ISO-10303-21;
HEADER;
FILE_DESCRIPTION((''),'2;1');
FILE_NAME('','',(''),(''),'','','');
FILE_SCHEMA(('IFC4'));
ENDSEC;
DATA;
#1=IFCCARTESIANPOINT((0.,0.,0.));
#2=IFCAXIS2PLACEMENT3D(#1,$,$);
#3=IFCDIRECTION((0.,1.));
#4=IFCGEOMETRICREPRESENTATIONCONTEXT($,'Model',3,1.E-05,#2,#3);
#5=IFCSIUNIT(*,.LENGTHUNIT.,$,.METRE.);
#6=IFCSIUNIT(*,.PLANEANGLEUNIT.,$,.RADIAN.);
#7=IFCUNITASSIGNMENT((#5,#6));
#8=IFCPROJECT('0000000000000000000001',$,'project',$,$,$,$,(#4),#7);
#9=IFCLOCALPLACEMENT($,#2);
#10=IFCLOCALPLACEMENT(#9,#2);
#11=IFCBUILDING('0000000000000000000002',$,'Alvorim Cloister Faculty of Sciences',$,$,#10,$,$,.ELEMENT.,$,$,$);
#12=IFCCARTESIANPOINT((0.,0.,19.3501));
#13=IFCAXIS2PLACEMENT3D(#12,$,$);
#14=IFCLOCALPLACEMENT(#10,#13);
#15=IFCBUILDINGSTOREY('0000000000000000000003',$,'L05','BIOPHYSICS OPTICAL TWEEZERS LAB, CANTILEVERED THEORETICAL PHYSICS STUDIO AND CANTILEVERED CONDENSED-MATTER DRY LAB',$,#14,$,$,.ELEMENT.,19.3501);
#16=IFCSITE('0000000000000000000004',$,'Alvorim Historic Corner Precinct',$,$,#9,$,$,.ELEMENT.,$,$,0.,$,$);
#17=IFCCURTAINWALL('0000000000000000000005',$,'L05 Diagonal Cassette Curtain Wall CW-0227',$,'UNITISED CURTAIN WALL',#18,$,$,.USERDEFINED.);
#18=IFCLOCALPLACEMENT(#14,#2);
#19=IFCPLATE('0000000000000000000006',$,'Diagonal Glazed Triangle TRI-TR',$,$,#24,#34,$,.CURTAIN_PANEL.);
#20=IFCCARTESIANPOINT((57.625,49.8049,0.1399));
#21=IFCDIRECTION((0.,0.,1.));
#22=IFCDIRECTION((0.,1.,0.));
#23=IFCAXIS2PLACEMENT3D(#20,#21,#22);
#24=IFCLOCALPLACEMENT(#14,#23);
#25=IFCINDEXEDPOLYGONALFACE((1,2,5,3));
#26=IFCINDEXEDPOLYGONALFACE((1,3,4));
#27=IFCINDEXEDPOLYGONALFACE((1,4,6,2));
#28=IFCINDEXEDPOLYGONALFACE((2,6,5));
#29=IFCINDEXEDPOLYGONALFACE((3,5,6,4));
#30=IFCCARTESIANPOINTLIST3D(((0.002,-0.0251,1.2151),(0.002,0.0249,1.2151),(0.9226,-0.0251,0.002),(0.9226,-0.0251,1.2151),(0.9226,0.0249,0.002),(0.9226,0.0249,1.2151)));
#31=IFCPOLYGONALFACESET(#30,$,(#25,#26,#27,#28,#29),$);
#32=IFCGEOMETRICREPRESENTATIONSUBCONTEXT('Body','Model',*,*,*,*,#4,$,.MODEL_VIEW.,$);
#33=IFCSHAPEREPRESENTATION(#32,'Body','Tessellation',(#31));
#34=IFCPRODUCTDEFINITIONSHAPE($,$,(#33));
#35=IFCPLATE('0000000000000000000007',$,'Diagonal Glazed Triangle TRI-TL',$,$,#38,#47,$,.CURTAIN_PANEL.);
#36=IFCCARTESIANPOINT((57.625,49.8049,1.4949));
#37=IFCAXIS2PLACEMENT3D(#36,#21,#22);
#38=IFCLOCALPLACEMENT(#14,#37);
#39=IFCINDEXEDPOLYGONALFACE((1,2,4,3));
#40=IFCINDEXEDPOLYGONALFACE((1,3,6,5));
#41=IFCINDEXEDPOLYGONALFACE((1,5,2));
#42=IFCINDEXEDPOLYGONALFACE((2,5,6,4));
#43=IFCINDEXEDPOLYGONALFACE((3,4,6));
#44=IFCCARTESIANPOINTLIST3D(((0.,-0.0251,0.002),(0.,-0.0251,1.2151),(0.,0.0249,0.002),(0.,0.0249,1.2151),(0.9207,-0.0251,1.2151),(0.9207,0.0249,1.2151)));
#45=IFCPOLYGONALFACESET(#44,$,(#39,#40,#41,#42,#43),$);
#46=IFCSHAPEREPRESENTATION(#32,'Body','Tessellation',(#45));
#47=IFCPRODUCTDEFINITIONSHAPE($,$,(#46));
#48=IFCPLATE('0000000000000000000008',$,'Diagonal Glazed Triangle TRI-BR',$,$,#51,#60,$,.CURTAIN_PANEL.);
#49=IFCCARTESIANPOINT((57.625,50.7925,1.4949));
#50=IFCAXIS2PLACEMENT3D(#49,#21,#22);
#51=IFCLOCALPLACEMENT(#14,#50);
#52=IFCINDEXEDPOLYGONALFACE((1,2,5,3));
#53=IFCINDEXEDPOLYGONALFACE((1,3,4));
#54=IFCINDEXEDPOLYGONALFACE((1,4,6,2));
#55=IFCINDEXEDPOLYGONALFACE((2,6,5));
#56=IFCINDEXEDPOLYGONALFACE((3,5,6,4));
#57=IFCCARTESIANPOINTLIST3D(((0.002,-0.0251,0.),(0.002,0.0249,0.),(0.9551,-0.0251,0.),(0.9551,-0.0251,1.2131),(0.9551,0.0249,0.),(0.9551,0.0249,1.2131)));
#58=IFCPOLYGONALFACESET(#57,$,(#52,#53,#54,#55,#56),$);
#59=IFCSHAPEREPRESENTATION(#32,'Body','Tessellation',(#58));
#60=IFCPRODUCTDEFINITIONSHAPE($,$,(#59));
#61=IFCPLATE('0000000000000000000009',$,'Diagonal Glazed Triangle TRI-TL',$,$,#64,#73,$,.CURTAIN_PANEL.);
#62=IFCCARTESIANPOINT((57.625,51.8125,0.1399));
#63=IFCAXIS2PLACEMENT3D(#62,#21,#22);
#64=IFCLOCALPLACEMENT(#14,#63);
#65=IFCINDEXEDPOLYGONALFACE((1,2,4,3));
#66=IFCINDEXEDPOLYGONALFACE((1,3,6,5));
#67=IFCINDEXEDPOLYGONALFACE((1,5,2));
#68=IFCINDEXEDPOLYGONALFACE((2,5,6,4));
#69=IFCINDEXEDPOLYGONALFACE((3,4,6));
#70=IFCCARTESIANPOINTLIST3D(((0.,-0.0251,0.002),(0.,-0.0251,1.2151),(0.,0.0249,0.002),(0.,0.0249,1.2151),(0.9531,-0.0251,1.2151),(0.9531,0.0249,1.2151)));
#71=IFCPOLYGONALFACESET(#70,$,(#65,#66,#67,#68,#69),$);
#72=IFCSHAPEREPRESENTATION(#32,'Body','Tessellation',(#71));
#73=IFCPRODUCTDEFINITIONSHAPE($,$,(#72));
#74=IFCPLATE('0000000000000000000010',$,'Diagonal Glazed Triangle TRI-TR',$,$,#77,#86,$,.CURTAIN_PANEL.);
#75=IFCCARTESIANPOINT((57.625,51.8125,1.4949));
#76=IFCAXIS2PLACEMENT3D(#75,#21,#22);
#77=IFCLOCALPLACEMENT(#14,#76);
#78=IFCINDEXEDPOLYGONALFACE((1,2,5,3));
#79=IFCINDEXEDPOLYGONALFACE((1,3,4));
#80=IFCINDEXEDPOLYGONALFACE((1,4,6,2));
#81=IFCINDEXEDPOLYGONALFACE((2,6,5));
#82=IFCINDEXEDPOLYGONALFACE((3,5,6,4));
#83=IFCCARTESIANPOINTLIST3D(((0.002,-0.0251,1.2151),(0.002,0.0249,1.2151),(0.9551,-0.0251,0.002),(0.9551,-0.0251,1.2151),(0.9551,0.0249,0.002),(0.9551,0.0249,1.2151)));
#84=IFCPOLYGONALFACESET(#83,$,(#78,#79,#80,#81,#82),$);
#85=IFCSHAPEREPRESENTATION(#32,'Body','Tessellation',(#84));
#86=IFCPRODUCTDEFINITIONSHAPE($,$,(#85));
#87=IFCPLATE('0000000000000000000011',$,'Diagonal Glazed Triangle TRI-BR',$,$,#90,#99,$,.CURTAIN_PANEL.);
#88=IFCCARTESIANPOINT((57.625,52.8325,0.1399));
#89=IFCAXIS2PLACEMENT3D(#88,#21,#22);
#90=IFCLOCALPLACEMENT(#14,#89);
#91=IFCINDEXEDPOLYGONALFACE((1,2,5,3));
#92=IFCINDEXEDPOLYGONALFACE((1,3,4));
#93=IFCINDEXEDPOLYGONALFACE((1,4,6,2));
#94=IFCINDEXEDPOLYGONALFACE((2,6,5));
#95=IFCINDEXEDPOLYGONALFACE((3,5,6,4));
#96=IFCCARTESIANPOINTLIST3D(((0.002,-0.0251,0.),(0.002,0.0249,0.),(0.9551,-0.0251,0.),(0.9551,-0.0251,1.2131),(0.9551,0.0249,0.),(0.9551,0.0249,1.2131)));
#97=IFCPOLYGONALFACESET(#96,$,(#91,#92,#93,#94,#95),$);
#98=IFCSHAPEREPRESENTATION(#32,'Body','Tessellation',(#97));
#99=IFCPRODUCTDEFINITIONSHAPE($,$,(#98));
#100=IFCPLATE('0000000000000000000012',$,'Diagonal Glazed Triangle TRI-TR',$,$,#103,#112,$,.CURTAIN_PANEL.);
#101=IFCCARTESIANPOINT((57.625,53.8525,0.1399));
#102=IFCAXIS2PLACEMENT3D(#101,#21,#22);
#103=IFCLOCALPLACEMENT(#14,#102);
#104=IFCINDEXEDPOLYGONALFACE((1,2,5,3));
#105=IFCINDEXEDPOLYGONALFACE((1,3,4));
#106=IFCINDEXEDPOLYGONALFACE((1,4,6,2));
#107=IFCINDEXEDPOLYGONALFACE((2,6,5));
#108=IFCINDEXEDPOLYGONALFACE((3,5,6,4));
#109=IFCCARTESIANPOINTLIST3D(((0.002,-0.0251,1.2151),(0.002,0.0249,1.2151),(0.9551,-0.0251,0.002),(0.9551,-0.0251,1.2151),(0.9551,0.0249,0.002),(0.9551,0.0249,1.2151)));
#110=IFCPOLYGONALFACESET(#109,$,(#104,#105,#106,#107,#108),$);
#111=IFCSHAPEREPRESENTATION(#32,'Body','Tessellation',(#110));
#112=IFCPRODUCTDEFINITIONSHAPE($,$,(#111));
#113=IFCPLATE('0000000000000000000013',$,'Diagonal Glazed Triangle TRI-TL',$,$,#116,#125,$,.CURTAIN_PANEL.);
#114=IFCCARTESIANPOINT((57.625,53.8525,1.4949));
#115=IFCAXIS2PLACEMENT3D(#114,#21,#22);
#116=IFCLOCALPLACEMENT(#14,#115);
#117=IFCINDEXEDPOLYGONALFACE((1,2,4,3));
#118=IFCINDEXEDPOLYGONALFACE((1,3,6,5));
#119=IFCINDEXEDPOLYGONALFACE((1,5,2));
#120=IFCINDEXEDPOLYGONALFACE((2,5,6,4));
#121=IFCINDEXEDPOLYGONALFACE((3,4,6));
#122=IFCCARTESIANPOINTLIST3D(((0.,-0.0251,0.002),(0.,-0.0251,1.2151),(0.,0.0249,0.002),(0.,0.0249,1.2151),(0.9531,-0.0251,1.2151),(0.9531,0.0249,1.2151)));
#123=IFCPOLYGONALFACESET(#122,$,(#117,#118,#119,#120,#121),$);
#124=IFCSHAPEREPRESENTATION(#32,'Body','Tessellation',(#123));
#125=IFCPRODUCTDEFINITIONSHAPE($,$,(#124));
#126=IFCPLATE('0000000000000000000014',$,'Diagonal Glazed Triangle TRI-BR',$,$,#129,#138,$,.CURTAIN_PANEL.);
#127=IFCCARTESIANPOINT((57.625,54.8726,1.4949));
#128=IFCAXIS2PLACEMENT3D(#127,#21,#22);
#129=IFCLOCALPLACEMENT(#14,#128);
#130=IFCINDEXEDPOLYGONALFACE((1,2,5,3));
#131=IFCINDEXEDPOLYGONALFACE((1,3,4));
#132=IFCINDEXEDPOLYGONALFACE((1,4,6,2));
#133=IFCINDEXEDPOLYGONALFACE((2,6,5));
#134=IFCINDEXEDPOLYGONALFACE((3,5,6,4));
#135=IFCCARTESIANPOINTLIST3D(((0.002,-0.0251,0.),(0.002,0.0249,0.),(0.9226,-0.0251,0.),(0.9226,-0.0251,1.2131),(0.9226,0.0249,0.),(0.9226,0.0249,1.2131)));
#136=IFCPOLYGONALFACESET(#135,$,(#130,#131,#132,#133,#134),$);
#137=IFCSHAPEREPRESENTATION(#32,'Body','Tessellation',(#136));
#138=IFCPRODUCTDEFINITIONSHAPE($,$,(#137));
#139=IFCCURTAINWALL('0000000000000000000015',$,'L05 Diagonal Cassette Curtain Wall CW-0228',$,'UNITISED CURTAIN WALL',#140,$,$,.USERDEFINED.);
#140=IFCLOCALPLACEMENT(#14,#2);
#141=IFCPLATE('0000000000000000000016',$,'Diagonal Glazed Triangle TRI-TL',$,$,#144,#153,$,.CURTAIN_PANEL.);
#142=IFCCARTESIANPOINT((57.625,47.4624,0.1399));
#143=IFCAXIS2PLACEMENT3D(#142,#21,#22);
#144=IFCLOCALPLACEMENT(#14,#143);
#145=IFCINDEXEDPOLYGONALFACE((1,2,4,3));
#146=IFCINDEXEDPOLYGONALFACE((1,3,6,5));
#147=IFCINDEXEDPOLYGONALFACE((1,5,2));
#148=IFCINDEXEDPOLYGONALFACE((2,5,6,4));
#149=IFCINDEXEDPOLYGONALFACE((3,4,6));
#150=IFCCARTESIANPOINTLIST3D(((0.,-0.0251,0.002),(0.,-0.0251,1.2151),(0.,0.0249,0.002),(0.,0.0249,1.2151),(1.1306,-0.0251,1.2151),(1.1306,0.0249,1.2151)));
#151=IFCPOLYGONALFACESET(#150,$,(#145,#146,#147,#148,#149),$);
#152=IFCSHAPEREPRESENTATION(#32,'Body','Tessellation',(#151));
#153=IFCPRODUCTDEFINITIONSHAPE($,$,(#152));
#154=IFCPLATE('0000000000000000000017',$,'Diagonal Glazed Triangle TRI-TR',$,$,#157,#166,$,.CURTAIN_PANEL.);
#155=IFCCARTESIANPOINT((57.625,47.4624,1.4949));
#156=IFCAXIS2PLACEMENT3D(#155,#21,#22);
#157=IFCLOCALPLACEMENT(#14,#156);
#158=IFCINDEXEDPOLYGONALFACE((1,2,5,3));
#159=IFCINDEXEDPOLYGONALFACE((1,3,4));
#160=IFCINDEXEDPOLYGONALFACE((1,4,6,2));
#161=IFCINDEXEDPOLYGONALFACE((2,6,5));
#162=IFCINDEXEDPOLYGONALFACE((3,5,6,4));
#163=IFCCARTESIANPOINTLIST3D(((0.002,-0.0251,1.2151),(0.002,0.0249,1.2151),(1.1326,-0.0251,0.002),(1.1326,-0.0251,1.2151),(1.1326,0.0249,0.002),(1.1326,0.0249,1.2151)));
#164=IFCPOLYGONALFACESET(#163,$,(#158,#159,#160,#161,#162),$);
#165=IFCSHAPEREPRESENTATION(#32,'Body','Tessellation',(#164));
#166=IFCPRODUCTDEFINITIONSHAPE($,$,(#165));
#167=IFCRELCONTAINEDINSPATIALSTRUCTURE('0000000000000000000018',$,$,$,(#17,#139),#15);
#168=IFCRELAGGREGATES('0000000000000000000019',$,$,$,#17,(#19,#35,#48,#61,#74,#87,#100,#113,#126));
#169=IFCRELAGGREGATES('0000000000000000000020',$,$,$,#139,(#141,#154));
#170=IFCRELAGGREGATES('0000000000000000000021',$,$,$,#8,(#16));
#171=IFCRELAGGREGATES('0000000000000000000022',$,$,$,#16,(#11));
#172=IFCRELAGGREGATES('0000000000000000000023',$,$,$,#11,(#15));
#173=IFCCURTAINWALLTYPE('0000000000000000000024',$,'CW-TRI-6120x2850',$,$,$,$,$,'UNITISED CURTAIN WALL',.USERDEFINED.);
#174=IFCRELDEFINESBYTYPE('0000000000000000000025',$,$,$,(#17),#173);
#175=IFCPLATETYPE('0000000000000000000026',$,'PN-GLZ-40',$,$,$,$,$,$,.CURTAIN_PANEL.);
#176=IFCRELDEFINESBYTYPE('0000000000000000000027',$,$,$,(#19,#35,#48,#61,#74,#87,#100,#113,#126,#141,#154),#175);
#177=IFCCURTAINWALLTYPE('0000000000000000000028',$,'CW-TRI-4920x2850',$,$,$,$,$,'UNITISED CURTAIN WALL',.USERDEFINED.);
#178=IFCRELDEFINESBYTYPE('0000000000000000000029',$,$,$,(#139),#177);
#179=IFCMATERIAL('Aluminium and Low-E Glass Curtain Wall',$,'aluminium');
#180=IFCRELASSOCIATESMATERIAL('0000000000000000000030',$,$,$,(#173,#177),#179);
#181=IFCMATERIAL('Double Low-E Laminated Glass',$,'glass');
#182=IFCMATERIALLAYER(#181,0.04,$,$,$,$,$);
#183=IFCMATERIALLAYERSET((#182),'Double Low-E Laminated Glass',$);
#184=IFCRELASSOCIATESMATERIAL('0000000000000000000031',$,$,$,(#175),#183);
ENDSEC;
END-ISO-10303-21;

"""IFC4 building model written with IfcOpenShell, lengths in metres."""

from ifc_helpers import new_model, si_unit, direction, frame, origin, place, context, subcontext, project, spatial, polyline, outline, extrude, material, layer, layer_set, type_object, element, aggregate, save


model = new_model("IFC4")

# Units and contexts
model_context = context("Model", 3, precision=1e-05, world=origin(), true_north=direction((0.0, 1.0)))
body_context = subcontext(model_context, "Body", "Model", "MODEL_VIEW")
ifc_project = project(units=[si_unit("LENGTHUNIT", "METRE"), si_unit("PLANEANGLEUNIT", "RADIAN")], contexts=[model_context])

# Site, building, storey
site_placement = place(None, origin())
site = spatial("IfcSite", under=ifc_project, at=site_placement, Name="Alvorim Historic Corner Precinct", CompositionType="ELEMENT", RefElevation=0.0)
building_placement = place(site_placement, origin())
building = spatial("IfcBuilding", under=site, at=building_placement, Name="Alvorim Cloister Faculty of Sciences", CompositionType="ELEMENT")
storey_placement = place(building_placement, frame((0.0, 0.0, 19.3501)))
storey = spatial("IfcBuildingStorey", under=building, at=storey_placement, Name="L05", Description="BIOPHYSICS OPTICAL TWEEZERS LAB, CANTILEVERED THEORETICAL PHYSICS STUDIO AND CANTILEVERED CONDENSED-MATTER DRY LAB", CompositionType="ELEMENT", Elevation=19.3501)

# Curtain walls, plates
ifc_material_1 = material(Name="Aluminium and Low-E Glass Curtain Wall", Category="aluminium")
curtain_wall_type_1 = type_object("IfcCurtainWallType", Name="CW-TRI-6120x2850", ElementType="UNITISED CURTAIN WALL", PredefinedType="USERDEFINED", material=ifc_material_1)
curtain_wall_1_placement = place(storey_placement, origin())
curtain_wall_1 = element("IfcCurtainWall", 1, at=curtain_wall_1_placement, inside=storey, type_object=curtain_wall_type_1, Name="L05 Diagonal Cassette Curtain Wall CW-0227", ObjectType="UNITISED CURTAIN WALL", PredefinedType="USERDEFINED")
ifc_material_2 = material(Name="Double Low-E Laminated Glass", Category="glass")
ifc_layer_1 = layer(ifc_material_2, 0.04)
ifc_layer_set_1 = layer_set([ifc_layer_1], Name="Double Low-E Laminated Glass")
plate_type = type_object("IfcPlateType", Name="PN-GLZ-40", PredefinedType="CURTAIN_PANEL", material=ifc_layer_set_1)
plate_1_placement = place(storey_placement, frame((57.625, 49.8049, 0.1399), z_axis=(0.0, 0.0, 1.0), x_axis=(0.0, 1.0, 0.0)))
plate_1 = element("IfcPlate", 2, at=plate_1_placement, type_object=plate_type, Name="Diagonal Glazed Triangle TRI-TR", PredefinedType="CURTAIN_PANEL", context=body_context, shape_type="SweptSolid", body=[
    extrude(outline(polyline([(0.9226, 0.002), (0.9226, 1.2151), (0.002, 1.2151), (0.9226, 0.002)])), frame((0.0, 0.0249, 0.0), z_axis=(0.0, -1.0, 0.0), x_axis=(1.0, 0.0, 0.0)), (0.0, 0.0, 1.0), 0.05),
])
plate_2_placement = place(storey_placement, frame((57.625, 49.8049, 1.4949), z_axis=(0.0, 0.0, 1.0), x_axis=(0.0, 1.0, 0.0)))
plate_2 = element("IfcPlate", 3, at=plate_2_placement, type_object=plate_type, Name="Diagonal Glazed Triangle TRI-TL", PredefinedType="CURTAIN_PANEL", context=body_context, shape_type="SweptSolid", body=[
    extrude(outline(polyline([(0.9207, 1.2151), (0.0, 1.2151), (0.0, 0.002), (0.9207, 1.2151)])), frame((0.0, 0.0249, 0.0), z_axis=(0.0, -1.0, 0.0), x_axis=(1.0, 0.0, 0.0)), (0.0, 0.0, 1.0), 0.05),
])
plate_3_placement = place(storey_placement, frame((57.625, 50.7925, 1.4949), z_axis=(0.0, 0.0, 1.0), x_axis=(0.0, 1.0, 0.0)))
plate_3 = element("IfcPlate", 4, at=plate_3_placement, type_object=plate_type, Name="Diagonal Glazed Triangle TRI-BR", PredefinedType="CURTAIN_PANEL", context=body_context, shape_type="SweptSolid", body=[
    extrude(outline(polyline([(0.002, 0.0), (0.9551, 0.0), (0.9551, 1.2131), (0.002, 0.0)])), frame((0.0, 0.0249, 0.0), z_axis=(0.0, -1.0, 0.0), x_axis=(1.0, 0.0, 0.0)), (0.0, 0.0, 1.0), 0.05),
])
plate_4_placement = place(storey_placement, frame((57.625, 51.8125, 0.1399), z_axis=(0.0, 0.0, 1.0), x_axis=(0.0, 1.0, 0.0)))
plate_4 = element("IfcPlate", 5, at=plate_4_placement, type_object=plate_type, Name="Diagonal Glazed Triangle TRI-TL", PredefinedType="CURTAIN_PANEL", context=body_context, shape_type="SweptSolid", body=[
    extrude(outline(polyline([(0.9531, 1.2151), (0.0, 1.2151), (0.0, 0.002), (0.9531, 1.2151)])), frame((0.0, 0.0249, 0.0), z_axis=(0.0, -1.0, 0.0), x_axis=(1.0, 0.0, 0.0)), (0.0, 0.0, 1.0), 0.05),
])
plate_5_placement = place(storey_placement, frame((57.625, 51.8125, 1.4949), z_axis=(0.0, 0.0, 1.0), x_axis=(0.0, 1.0, 0.0)))
plate_5 = element("IfcPlate", 6, at=plate_5_placement, type_object=plate_type, Name="Diagonal Glazed Triangle TRI-TR", PredefinedType="CURTAIN_PANEL", context=body_context, shape_type="SweptSolid", body=[
    extrude(outline(polyline([(0.9551, 0.002), (0.9551, 1.2151), (0.002, 1.2151), (0.9551, 0.002)])), frame((0.0, 0.0249, 0.0), z_axis=(0.0, -1.0, 0.0), x_axis=(1.0, 0.0, 0.0)), (0.0, 0.0, 1.0), 0.05),
])
plate_6_placement = place(storey_placement, frame((57.625, 52.8325, 0.1399), z_axis=(0.0, 0.0, 1.0), x_axis=(0.0, 1.0, 0.0)))
plate_6 = element("IfcPlate", 7, at=plate_6_placement, type_object=plate_type, Name="Diagonal Glazed Triangle TRI-BR", PredefinedType="CURTAIN_PANEL", context=body_context, shape_type="SweptSolid", body=[
    extrude(outline(polyline([(0.002, 0.0), (0.9551, 0.0), (0.9551, 1.2131), (0.002, 0.0)])), frame((0.0, 0.0249, 0.0), z_axis=(0.0, -1.0, 0.0), x_axis=(1.0, 0.0, 0.0)), (0.0, 0.0, 1.0), 0.05),
])
plate_7_placement = place(storey_placement, frame((57.625, 53.8525, 0.1399), z_axis=(0.0, 0.0, 1.0), x_axis=(0.0, 1.0, 0.0)))
plate_7 = element("IfcPlate", 8, at=plate_7_placement, type_object=plate_type, Name="Diagonal Glazed Triangle TRI-TR", PredefinedType="CURTAIN_PANEL", context=body_context, shape_type="SweptSolid", body=[
    extrude(outline(polyline([(0.9551, 0.002), (0.9551, 1.2151), (0.002, 1.2151), (0.9551, 0.002)])), frame((0.0, 0.0249, 0.0), z_axis=(0.0, -1.0, 0.0), x_axis=(1.0, 0.0, 0.0)), (0.0, 0.0, 1.0), 0.05),
])
plate_8_placement = place(storey_placement, frame((57.625, 53.8525, 1.4949), z_axis=(0.0, 0.0, 1.0), x_axis=(0.0, 1.0, 0.0)))
plate_8 = element("IfcPlate", 9, at=plate_8_placement, type_object=plate_type, Name="Diagonal Glazed Triangle TRI-TL", PredefinedType="CURTAIN_PANEL", context=body_context, shape_type="SweptSolid", body=[
    extrude(outline(polyline([(0.9531, 1.2151), (0.0, 1.2151), (0.0, 0.002), (0.9531, 1.2151)])), frame((0.0, 0.0249, 0.0), z_axis=(0.0, -1.0, 0.0), x_axis=(1.0, 0.0, 0.0)), (0.0, 0.0, 1.0), 0.05),
])
plate_9_placement = place(storey_placement, frame((57.625, 54.8726, 1.4949), z_axis=(0.0, 0.0, 1.0), x_axis=(0.0, 1.0, 0.0)))
plate_9 = element("IfcPlate", 10, at=plate_9_placement, type_object=plate_type, Name="Diagonal Glazed Triangle TRI-BR", PredefinedType="CURTAIN_PANEL", context=body_context, shape_type="SweptSolid", body=[
    extrude(outline(polyline([(0.002, 0.0), (0.9226, 0.0), (0.9226, 1.2131), (0.002, 0.0)])), frame((0.0, 0.0249, 0.0), z_axis=(0.0, -1.0, 0.0), x_axis=(1.0, 0.0, 0.0)), (0.0, 0.0, 1.0), 0.05),
])
aggregate(curtain_wall_1, [plate_1, plate_2, plate_3, plate_4, plate_5, plate_6, plate_7, plate_8, plate_9])
curtain_wall_type_2 = type_object("IfcCurtainWallType", Name="CW-TRI-4920x2850", ElementType="UNITISED CURTAIN WALL", PredefinedType="USERDEFINED", material=ifc_material_1)
curtain_wall_2_placement = place(storey_placement, origin())
curtain_wall_2 = element("IfcCurtainWall", 11, at=curtain_wall_2_placement, inside=storey, type_object=curtain_wall_type_2, Name="L05 Diagonal Cassette Curtain Wall CW-0228", ObjectType="UNITISED CURTAIN WALL", PredefinedType="USERDEFINED")
plate_10_placement = place(storey_placement, frame((57.625, 47.4624, 0.1399), z_axis=(0.0, 0.0, 1.0), x_axis=(0.0, 1.0, 0.0)))
plate_10 = element("IfcPlate", 12, at=plate_10_placement, type_object=plate_type, Name="Diagonal Glazed Triangle TRI-TL", PredefinedType="CURTAIN_PANEL", context=body_context, shape_type="SweptSolid", body=[
    extrude(outline(polyline([(1.1306, 1.2151), (0.0, 1.2151), (0.0, 0.002), (1.1306, 1.2151)])), frame((0.0, 0.0249, 0.0), z_axis=(0.0, -1.0, 0.0), x_axis=(1.0, 0.0, 0.0)), (0.0, 0.0, 1.0), 0.05),
])
plate_11_placement = place(storey_placement, frame((57.625, 47.4624, 1.4949), z_axis=(0.0, 0.0, 1.0), x_axis=(0.0, 1.0, 0.0)))
plate_11 = element("IfcPlate", 13, at=plate_11_placement, type_object=plate_type, Name="Diagonal Glazed Triangle TRI-TR", PredefinedType="CURTAIN_PANEL", context=body_context, shape_type="SweptSolid", body=[
    extrude(outline(polyline([(1.1326, 0.002), (1.1326, 1.2151), (0.002, 1.2151), (1.1326, 0.002)])), frame((0.0, 0.0249, 0.0), z_axis=(0.0, -1.0, 0.0), x_axis=(1.0, 0.0, 0.0)), (0.0, 0.0, 1.0), 0.05),
])
aggregate(curtain_wall_2, [plate_10, plate_11])

save(model, "model.ifc")
